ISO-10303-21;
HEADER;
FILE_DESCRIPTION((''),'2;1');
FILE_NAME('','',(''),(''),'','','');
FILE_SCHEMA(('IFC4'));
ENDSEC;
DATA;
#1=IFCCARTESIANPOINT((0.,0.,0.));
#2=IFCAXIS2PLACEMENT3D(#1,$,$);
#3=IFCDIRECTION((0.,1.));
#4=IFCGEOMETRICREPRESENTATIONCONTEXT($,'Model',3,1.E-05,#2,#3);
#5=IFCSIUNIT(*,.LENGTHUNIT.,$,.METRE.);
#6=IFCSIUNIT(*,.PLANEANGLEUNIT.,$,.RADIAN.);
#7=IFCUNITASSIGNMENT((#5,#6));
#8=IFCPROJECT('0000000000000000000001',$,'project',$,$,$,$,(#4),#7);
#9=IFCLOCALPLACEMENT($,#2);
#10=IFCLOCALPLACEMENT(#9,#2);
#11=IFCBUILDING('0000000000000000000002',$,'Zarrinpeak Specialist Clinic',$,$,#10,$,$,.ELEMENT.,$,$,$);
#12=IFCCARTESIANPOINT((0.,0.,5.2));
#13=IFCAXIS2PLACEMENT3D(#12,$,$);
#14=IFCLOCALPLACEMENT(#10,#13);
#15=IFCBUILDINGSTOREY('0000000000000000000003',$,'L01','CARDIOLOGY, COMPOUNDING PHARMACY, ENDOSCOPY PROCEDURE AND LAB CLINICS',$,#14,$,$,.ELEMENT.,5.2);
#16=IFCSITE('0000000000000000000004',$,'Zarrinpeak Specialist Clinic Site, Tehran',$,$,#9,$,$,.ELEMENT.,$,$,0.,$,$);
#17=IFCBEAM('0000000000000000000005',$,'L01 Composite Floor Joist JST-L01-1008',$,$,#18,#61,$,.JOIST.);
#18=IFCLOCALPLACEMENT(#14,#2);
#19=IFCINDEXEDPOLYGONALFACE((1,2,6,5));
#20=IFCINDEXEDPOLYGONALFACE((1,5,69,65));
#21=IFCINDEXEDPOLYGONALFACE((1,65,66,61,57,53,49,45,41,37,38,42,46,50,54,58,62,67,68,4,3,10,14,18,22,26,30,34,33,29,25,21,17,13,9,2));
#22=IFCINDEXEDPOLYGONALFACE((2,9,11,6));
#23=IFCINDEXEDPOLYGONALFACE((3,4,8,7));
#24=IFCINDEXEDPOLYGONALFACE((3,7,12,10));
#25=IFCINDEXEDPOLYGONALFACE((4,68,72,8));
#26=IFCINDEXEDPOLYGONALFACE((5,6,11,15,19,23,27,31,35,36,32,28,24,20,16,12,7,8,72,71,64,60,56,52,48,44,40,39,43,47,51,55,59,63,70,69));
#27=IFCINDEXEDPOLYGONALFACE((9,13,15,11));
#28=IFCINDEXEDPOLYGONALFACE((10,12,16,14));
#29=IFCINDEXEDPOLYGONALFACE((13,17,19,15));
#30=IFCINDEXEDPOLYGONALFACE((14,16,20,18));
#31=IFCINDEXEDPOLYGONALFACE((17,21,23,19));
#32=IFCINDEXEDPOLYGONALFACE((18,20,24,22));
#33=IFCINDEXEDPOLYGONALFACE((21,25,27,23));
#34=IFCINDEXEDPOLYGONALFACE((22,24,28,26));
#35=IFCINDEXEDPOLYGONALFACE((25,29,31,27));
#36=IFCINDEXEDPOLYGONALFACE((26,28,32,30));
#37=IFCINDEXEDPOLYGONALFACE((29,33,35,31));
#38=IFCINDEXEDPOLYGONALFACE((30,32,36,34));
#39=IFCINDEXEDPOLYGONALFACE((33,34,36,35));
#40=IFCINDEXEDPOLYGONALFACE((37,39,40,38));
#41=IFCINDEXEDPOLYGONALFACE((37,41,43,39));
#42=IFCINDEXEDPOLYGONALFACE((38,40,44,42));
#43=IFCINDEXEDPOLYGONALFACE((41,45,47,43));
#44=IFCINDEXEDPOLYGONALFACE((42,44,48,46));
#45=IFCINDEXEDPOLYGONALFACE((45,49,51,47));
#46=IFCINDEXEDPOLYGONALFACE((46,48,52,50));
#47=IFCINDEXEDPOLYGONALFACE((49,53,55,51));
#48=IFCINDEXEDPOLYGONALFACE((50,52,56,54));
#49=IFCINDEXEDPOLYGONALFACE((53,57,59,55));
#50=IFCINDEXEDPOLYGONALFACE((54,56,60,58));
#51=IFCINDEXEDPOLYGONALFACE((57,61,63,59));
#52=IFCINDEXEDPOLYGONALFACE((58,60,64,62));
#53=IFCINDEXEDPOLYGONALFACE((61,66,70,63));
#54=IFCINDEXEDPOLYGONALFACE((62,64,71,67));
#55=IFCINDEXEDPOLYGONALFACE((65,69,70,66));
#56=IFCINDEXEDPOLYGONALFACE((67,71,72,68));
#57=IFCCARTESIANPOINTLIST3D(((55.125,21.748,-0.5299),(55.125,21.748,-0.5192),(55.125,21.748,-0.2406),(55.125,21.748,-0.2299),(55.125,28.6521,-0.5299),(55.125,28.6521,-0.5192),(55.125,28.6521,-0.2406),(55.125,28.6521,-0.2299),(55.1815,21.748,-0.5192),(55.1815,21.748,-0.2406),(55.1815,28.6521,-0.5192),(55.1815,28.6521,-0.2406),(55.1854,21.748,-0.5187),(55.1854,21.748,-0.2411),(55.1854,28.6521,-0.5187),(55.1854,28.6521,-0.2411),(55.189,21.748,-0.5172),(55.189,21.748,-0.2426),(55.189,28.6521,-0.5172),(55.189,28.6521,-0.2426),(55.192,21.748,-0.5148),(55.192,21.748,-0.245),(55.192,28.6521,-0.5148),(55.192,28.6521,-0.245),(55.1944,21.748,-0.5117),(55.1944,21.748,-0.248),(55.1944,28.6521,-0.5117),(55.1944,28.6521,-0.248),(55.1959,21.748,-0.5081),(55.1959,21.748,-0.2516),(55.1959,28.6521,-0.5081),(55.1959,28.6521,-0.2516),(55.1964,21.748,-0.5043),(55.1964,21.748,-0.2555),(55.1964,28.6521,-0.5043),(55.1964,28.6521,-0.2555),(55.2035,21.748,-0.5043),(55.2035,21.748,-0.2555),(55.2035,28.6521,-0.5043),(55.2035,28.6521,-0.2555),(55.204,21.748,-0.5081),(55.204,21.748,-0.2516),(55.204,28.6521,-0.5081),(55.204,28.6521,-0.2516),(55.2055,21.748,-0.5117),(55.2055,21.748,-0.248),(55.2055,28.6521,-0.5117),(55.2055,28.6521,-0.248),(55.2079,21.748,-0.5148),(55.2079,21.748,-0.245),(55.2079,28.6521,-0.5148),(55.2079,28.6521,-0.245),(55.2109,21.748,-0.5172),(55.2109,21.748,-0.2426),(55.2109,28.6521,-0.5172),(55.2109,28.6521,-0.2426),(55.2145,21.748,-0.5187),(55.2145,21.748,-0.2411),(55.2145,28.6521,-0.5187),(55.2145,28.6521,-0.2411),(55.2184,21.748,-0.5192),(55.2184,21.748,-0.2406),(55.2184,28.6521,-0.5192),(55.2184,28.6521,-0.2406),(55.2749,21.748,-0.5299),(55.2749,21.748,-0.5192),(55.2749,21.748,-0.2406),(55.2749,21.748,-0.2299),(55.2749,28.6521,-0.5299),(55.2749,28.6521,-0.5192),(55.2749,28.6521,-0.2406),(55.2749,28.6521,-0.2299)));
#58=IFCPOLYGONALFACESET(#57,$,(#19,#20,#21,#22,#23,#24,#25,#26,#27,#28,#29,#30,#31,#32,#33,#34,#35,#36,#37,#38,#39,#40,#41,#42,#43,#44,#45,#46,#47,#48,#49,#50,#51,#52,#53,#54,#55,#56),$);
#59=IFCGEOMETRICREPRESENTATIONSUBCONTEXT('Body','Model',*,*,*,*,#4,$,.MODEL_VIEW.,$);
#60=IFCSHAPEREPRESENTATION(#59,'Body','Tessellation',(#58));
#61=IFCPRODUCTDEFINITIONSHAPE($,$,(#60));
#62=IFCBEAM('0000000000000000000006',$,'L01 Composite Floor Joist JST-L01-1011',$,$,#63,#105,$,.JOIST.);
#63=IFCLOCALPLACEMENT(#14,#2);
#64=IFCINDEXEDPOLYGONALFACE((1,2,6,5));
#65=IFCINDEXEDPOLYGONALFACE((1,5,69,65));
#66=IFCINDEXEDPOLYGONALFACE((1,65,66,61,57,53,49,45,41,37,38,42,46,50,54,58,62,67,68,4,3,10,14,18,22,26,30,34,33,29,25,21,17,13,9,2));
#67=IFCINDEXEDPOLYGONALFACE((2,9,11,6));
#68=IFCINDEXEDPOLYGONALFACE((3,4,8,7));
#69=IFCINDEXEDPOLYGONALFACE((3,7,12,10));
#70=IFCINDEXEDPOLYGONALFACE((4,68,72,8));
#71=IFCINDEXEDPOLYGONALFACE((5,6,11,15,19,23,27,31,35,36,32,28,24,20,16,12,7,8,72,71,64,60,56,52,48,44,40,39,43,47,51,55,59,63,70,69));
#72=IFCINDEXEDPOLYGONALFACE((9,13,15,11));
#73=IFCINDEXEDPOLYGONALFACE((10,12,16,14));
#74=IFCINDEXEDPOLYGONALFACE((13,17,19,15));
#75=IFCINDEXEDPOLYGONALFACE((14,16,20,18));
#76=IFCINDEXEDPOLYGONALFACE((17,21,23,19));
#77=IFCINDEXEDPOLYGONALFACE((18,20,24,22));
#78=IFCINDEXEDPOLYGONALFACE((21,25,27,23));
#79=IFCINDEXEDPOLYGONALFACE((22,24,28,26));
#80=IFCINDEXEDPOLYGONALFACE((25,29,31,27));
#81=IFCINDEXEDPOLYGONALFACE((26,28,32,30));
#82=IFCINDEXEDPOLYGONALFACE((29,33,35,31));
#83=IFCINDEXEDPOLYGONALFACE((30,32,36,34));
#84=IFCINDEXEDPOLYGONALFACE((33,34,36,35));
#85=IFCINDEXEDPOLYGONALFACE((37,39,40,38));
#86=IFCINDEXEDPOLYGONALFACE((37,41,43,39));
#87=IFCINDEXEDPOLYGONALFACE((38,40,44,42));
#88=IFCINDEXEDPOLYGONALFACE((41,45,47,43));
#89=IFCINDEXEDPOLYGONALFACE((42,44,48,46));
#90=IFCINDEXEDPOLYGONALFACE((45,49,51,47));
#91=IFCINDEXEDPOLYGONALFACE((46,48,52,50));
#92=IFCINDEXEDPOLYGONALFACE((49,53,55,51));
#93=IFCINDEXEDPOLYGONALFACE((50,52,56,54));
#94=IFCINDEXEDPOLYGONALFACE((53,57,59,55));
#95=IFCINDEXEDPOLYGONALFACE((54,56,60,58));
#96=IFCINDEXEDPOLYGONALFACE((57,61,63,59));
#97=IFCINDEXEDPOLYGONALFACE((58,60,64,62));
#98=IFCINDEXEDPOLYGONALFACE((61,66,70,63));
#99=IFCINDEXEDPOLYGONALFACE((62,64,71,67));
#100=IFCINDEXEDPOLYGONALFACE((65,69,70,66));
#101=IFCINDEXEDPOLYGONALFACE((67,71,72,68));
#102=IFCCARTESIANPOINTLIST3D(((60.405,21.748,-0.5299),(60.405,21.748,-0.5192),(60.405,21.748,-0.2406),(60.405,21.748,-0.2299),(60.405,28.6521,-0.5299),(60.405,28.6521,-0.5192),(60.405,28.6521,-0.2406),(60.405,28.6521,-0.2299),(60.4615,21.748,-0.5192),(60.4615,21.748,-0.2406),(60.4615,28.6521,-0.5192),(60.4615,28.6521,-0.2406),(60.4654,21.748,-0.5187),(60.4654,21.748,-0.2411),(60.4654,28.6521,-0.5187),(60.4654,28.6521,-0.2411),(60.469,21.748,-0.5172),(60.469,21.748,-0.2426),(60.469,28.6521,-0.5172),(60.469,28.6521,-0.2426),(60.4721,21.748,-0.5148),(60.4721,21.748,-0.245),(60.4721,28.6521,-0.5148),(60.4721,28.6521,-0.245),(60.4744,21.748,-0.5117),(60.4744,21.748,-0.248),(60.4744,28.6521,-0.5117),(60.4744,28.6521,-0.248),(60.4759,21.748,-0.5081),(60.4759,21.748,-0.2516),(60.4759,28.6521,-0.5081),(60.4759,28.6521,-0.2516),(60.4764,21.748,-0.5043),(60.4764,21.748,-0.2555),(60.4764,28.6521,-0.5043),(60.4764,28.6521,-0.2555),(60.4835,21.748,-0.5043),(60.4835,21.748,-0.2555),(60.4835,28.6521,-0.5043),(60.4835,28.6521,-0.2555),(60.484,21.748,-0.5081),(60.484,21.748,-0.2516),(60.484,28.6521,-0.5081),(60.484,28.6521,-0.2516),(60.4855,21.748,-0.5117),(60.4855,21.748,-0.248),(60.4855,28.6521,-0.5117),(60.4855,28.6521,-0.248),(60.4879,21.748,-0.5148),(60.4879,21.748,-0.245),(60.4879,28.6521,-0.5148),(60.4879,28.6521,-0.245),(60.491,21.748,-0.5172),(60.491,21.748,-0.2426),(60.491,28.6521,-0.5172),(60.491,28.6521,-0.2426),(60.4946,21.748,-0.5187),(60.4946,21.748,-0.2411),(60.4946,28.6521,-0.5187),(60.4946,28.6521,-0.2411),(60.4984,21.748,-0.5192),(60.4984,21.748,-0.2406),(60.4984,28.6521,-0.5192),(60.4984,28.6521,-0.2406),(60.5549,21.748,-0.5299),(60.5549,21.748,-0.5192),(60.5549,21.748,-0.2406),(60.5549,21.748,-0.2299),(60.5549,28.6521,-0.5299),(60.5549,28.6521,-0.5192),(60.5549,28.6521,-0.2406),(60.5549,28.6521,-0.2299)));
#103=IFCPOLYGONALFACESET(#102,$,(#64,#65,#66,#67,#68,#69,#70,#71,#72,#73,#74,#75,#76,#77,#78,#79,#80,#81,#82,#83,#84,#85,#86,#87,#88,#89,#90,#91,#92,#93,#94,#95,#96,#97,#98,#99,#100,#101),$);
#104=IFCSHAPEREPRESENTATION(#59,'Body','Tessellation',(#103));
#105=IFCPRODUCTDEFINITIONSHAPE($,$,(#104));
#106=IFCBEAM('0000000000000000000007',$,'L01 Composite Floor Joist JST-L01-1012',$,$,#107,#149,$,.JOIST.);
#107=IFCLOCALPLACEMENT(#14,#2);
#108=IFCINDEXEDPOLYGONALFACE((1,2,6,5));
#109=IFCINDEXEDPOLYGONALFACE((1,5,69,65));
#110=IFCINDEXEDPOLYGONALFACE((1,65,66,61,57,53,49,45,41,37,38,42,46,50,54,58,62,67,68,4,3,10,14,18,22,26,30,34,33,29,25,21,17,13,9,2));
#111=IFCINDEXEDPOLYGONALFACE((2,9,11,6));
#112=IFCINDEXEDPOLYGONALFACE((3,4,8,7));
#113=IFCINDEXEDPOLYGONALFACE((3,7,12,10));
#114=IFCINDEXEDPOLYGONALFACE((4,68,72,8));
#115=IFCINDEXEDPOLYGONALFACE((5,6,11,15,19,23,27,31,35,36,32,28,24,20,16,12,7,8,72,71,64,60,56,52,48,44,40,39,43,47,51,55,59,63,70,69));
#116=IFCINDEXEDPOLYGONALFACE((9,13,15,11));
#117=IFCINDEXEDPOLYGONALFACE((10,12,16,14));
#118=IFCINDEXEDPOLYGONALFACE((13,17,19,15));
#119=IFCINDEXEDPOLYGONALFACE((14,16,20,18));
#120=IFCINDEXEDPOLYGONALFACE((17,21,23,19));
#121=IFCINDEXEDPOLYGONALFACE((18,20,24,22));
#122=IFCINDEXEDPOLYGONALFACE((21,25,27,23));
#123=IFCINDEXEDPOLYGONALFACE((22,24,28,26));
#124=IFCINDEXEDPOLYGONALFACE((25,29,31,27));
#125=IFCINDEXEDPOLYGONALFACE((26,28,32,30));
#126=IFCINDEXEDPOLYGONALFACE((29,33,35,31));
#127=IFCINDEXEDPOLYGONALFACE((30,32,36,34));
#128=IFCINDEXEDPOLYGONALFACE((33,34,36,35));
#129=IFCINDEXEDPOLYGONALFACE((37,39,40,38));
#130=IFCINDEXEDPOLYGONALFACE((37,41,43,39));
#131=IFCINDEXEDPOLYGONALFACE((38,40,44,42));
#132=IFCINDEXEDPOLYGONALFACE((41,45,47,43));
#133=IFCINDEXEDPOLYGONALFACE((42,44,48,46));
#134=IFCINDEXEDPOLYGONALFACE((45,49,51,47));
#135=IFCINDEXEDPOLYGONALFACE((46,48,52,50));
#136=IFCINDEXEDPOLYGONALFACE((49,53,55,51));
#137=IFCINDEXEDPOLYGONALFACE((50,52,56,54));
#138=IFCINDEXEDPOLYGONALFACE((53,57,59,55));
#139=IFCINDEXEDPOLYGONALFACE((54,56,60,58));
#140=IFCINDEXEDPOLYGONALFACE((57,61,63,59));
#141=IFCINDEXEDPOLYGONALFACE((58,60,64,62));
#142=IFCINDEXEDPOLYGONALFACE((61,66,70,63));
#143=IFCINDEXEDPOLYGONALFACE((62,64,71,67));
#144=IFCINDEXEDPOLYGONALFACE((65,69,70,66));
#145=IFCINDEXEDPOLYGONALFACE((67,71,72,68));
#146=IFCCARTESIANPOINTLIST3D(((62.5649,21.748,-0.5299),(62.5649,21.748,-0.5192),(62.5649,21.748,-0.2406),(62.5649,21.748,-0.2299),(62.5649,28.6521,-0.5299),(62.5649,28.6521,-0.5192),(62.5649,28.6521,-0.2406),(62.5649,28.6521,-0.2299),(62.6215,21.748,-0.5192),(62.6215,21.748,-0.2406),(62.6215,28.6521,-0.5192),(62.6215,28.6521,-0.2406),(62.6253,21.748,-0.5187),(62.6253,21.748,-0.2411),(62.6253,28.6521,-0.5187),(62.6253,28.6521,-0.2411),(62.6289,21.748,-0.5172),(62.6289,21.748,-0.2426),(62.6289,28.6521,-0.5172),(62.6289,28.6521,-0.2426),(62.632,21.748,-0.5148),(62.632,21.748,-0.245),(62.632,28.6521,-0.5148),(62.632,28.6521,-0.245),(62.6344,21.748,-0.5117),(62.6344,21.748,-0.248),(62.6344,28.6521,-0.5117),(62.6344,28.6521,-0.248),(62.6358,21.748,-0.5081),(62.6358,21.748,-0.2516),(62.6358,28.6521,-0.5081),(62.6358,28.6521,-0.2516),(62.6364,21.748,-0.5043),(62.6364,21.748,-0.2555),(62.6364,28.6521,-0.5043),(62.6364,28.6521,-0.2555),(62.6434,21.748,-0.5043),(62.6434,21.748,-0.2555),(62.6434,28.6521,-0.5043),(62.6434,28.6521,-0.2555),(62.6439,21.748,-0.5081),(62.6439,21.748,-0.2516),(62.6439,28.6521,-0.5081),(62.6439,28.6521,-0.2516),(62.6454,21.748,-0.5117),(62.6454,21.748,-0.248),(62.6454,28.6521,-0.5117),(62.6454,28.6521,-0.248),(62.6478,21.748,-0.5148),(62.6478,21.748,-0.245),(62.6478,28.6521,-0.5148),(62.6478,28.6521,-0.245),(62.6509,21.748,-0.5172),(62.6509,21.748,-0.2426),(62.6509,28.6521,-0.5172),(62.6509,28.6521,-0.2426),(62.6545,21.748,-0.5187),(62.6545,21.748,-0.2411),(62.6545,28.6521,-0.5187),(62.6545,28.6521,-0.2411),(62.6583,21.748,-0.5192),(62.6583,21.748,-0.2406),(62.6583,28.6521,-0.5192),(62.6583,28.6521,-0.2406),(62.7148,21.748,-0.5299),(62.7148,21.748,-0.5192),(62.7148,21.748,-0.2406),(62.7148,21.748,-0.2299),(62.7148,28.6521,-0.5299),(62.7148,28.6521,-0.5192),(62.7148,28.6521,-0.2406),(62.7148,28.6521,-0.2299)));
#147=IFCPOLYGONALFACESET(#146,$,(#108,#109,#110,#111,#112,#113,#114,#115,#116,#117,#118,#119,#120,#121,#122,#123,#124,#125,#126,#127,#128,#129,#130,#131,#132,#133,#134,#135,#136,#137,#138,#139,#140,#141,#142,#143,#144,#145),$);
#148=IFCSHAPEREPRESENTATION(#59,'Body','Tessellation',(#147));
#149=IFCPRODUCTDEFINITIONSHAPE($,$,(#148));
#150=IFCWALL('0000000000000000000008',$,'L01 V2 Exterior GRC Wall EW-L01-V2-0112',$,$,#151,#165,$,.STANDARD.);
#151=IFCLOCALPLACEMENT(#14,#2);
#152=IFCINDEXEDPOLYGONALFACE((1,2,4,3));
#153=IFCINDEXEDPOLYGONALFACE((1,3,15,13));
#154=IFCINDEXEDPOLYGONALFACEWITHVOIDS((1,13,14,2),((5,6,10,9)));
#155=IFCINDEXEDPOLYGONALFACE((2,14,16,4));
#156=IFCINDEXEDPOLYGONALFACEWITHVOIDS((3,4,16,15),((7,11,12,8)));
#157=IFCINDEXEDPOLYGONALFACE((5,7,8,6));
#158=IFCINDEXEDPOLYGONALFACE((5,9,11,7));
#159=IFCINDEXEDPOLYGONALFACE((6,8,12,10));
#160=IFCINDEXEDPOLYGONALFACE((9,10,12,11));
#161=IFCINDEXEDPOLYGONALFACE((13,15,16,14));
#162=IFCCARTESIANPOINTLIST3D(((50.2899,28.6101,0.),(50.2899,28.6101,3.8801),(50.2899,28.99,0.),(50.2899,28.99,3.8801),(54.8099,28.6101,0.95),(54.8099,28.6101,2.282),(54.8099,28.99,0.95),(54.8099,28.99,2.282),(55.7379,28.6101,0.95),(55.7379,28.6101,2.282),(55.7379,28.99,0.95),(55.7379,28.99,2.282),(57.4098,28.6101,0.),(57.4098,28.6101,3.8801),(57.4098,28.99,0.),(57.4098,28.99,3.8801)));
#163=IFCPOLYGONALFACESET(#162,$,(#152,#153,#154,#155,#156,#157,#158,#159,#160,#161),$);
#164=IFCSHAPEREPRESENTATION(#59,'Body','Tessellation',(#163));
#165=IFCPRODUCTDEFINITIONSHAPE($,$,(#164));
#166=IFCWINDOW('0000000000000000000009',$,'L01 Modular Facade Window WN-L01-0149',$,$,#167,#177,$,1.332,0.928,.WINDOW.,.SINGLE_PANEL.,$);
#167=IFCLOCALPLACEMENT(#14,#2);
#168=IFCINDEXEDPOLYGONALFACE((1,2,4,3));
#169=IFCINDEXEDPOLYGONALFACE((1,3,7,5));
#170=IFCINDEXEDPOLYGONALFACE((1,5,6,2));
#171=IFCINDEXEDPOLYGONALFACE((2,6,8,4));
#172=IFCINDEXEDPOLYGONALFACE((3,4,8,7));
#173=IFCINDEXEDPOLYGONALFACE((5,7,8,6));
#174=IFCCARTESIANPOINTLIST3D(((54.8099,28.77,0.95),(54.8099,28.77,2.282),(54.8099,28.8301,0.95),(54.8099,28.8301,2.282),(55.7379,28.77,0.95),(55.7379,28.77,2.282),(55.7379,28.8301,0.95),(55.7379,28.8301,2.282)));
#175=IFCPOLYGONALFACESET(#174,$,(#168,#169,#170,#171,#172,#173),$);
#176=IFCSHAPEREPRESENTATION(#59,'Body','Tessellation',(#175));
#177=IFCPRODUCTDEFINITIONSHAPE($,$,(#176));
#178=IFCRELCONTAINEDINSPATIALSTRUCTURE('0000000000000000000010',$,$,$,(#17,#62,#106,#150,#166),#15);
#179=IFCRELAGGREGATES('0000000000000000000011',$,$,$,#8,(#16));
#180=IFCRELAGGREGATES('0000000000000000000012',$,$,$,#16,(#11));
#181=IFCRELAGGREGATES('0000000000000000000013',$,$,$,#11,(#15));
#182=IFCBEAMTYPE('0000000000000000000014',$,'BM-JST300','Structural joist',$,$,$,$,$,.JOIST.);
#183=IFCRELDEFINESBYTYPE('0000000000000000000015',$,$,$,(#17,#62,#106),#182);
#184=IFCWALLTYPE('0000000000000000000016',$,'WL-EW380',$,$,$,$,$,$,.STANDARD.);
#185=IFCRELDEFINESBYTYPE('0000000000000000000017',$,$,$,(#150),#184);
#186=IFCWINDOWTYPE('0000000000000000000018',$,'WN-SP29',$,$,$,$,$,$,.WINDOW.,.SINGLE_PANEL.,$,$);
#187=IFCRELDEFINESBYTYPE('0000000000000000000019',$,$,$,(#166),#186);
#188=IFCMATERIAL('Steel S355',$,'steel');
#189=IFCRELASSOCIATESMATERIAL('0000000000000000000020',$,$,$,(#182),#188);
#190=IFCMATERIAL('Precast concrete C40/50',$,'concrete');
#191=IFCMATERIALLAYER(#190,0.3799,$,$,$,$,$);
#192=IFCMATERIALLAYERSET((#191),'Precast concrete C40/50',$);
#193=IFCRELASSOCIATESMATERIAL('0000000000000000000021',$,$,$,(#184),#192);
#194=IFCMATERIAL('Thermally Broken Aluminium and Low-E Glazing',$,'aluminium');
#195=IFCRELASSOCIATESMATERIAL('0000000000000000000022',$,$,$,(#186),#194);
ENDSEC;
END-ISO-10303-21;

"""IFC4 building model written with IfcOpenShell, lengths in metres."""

from ifc_helpers import new_model, si_unit, direction, frame, frame_2d, origin, origin_2d, place, context, subcontext, project, spatial, rectangle, i_section, extrude, material, layer, layer_set, material_profile, profile_set, type_object, element, fill, save


model = new_model("IFC4")

# Units and contexts
model_context = context("Model", 3, precision=1e-05, world=origin(), true_north=direction((0.0, 1.0)))
body_context = subcontext(model_context, "Body", "Model", "MODEL_VIEW")
ifc_project = project(units=[si_unit("LENGTHUNIT", "METRE"), si_unit("PLANEANGLEUNIT", "RADIAN")], contexts=[model_context])

# Site, building, storey
site_placement = place(None, origin())
site = spatial("IfcSite", under=ifc_project, at=site_placement, Name="Zarrinpeak Specialist Clinic Site, Tehran", CompositionType="ELEMENT", RefElevation=0.0)
building_placement = place(site_placement, origin())
building = spatial("IfcBuilding", under=site, at=building_placement, Name="Zarrinpeak Specialist Clinic", CompositionType="ELEMENT")
storey_placement = place(building_placement, frame((0.0, 0.0, 5.2)))
storey = spatial("IfcBuildingStorey", under=building, at=storey_placement, Name="L01", Description="CARDIOLOGY, COMPOUNDING PHARMACY, ENDOSCOPY PROCEDURE AND LAB CLINICS", CompositionType="ELEMENT", Elevation=5.2)

# Shared definitions
ifc_material_1 = material(Name="Steel S355", Category="steel")

# Beams
ifc_material_profile_1 = material_profile(ifc_material_1, i_section(OverallWidth=0.1499, OverallDepth=0.3, WebThickness=0.0071, FlangeThickness=0.0107, FilletRadius=0.0149, at=origin_2d()), Name="IPE 300")
ifc_profile_set_1 = profile_set([ifc_material_profile_1], Name="Steel S355")
beam_type_1 = type_object("IfcBeamType", Name="BM-JST300", Description="Structural joist", PredefinedType="JOIST", material=ifc_profile_set_1)
for number, where, z_axis, x_axis, name in (
    (1, (55.2, 21.748, -0.3799), (0.0, 1.0, 0.0), (-1.0, 0.0, 0.0), "L01 Composite Floor Joist JST-L01-1008"),
    (2, (60.48, 21.748, -0.3799), (0.0, 1.0, 0.0), (-1.0, 0.0, 0.0), "L01 Composite Floor Joist JST-L01-1011"),
    (3, (62.6399, 21.748, -0.3799), (0.0, 1.0, 0.0), (-1.0, 0.0, 0.0), "L01 Composite Floor Joist JST-L01-1012"),
):
    element("IfcBeam", number, at=place(storey_placement, frame(where, z_axis=z_axis, x_axis=x_axis)), inside=storey, type_object=beam_type_1, Name=name, PredefinedType="JOIST", context=body_context, shape_type="SweptSolid", body=[
        extrude(i_section(OverallWidth=0.1499, OverallDepth=0.3, WebThickness=0.0071, FlangeThickness=0.0107, FilletRadius=0.0149, at=origin_2d()), origin(), (0.0, 0.0, 1.0), 6.9041),
    ])

# Wall, opening, window
ifc_material_2 = material(Name="Precast concrete C40/50", Category="concrete")
ifc_layer = layer(ifc_material_2, 0.3799)
ifc_layer_set = layer_set([ifc_layer], Name="Precast concrete C40/50")
wall_type = type_object("IfcWallType", Name="WL-EW380", PredefinedType="STANDARD", material=ifc_layer_set)
wall_1_placement = place(storey_placement, frame((57.4099, 28.8, 0.0), z_axis=(0.0, 0.0, 1.0), x_axis=(-1.0, 0.0, 0.0)))
wall_1 = element("IfcWall", 4, at=wall_1_placement, inside=storey, type_object=wall_type, Name="L01 V2 Exterior GRC Wall EW-L01-V2-0112", PredefinedType="STANDARD", context=body_context, shape_type="SweptSolid", body=[
    extrude(rectangle(XDim=7.1199, YDim=0.3799, at=frame_2d((3.5601, 0.0))), origin(), (0.0, 0.0, 1.0), 3.8801),
])
opening_1_placement = place(wall_1_placement, frame((1.6721, 0.0, 0.95)))
opening_1 = element("IfcOpeningElement", 5, at=opening_1_placement, cuts=wall_1, PredefinedType="OPENING", context=body_context, shape_type="SweptSolid", body=[
    extrude(rectangle(XDim=0.928, YDim=1.332, at=frame_2d((0.4639, 0.666))), frame((0.0, 0.2, 0.0), z_axis=(0.0, -1.0, 0.0), x_axis=(1.0, 0.0, 0.0)), (0.0, 0.0, 1.0), 0.3999),
])
ifc_material_3 = material(Name="Thermally Broken Aluminium and Low-E Glazing", Category="aluminium")
window_type_1 = type_object("IfcWindowType", Name="WN-SP29", PartitioningType="SINGLE_PANEL", PredefinedType="WINDOW", material=ifc_material_3)
window_1_placement = place(opening_1_placement, origin())
window_1 = element("IfcWindow", 6, at=window_1_placement, inside=storey, type_object=window_type_1, Name="L01 Modular Facade Window WN-L01-0149", OverallHeight=1.332, OverallWidth=0.928, PartitioningType="SINGLE_PANEL", PredefinedType="WINDOW", context=body_context, shape_type="SweptSolid", body=[
    extrude(rectangle(XDim=0.928, YDim=1.332, at=frame_2d((0.4639, 0.666))), frame((0.0, 0.03, 0.0), z_axis=(0.0, -1.0, 0.0), x_axis=(1.0, 0.0, 0.0)), (0.0, 0.0, 1.0), 0.0601),
])
fill(opening_1, window_1)

save(model, "model.ifc")
